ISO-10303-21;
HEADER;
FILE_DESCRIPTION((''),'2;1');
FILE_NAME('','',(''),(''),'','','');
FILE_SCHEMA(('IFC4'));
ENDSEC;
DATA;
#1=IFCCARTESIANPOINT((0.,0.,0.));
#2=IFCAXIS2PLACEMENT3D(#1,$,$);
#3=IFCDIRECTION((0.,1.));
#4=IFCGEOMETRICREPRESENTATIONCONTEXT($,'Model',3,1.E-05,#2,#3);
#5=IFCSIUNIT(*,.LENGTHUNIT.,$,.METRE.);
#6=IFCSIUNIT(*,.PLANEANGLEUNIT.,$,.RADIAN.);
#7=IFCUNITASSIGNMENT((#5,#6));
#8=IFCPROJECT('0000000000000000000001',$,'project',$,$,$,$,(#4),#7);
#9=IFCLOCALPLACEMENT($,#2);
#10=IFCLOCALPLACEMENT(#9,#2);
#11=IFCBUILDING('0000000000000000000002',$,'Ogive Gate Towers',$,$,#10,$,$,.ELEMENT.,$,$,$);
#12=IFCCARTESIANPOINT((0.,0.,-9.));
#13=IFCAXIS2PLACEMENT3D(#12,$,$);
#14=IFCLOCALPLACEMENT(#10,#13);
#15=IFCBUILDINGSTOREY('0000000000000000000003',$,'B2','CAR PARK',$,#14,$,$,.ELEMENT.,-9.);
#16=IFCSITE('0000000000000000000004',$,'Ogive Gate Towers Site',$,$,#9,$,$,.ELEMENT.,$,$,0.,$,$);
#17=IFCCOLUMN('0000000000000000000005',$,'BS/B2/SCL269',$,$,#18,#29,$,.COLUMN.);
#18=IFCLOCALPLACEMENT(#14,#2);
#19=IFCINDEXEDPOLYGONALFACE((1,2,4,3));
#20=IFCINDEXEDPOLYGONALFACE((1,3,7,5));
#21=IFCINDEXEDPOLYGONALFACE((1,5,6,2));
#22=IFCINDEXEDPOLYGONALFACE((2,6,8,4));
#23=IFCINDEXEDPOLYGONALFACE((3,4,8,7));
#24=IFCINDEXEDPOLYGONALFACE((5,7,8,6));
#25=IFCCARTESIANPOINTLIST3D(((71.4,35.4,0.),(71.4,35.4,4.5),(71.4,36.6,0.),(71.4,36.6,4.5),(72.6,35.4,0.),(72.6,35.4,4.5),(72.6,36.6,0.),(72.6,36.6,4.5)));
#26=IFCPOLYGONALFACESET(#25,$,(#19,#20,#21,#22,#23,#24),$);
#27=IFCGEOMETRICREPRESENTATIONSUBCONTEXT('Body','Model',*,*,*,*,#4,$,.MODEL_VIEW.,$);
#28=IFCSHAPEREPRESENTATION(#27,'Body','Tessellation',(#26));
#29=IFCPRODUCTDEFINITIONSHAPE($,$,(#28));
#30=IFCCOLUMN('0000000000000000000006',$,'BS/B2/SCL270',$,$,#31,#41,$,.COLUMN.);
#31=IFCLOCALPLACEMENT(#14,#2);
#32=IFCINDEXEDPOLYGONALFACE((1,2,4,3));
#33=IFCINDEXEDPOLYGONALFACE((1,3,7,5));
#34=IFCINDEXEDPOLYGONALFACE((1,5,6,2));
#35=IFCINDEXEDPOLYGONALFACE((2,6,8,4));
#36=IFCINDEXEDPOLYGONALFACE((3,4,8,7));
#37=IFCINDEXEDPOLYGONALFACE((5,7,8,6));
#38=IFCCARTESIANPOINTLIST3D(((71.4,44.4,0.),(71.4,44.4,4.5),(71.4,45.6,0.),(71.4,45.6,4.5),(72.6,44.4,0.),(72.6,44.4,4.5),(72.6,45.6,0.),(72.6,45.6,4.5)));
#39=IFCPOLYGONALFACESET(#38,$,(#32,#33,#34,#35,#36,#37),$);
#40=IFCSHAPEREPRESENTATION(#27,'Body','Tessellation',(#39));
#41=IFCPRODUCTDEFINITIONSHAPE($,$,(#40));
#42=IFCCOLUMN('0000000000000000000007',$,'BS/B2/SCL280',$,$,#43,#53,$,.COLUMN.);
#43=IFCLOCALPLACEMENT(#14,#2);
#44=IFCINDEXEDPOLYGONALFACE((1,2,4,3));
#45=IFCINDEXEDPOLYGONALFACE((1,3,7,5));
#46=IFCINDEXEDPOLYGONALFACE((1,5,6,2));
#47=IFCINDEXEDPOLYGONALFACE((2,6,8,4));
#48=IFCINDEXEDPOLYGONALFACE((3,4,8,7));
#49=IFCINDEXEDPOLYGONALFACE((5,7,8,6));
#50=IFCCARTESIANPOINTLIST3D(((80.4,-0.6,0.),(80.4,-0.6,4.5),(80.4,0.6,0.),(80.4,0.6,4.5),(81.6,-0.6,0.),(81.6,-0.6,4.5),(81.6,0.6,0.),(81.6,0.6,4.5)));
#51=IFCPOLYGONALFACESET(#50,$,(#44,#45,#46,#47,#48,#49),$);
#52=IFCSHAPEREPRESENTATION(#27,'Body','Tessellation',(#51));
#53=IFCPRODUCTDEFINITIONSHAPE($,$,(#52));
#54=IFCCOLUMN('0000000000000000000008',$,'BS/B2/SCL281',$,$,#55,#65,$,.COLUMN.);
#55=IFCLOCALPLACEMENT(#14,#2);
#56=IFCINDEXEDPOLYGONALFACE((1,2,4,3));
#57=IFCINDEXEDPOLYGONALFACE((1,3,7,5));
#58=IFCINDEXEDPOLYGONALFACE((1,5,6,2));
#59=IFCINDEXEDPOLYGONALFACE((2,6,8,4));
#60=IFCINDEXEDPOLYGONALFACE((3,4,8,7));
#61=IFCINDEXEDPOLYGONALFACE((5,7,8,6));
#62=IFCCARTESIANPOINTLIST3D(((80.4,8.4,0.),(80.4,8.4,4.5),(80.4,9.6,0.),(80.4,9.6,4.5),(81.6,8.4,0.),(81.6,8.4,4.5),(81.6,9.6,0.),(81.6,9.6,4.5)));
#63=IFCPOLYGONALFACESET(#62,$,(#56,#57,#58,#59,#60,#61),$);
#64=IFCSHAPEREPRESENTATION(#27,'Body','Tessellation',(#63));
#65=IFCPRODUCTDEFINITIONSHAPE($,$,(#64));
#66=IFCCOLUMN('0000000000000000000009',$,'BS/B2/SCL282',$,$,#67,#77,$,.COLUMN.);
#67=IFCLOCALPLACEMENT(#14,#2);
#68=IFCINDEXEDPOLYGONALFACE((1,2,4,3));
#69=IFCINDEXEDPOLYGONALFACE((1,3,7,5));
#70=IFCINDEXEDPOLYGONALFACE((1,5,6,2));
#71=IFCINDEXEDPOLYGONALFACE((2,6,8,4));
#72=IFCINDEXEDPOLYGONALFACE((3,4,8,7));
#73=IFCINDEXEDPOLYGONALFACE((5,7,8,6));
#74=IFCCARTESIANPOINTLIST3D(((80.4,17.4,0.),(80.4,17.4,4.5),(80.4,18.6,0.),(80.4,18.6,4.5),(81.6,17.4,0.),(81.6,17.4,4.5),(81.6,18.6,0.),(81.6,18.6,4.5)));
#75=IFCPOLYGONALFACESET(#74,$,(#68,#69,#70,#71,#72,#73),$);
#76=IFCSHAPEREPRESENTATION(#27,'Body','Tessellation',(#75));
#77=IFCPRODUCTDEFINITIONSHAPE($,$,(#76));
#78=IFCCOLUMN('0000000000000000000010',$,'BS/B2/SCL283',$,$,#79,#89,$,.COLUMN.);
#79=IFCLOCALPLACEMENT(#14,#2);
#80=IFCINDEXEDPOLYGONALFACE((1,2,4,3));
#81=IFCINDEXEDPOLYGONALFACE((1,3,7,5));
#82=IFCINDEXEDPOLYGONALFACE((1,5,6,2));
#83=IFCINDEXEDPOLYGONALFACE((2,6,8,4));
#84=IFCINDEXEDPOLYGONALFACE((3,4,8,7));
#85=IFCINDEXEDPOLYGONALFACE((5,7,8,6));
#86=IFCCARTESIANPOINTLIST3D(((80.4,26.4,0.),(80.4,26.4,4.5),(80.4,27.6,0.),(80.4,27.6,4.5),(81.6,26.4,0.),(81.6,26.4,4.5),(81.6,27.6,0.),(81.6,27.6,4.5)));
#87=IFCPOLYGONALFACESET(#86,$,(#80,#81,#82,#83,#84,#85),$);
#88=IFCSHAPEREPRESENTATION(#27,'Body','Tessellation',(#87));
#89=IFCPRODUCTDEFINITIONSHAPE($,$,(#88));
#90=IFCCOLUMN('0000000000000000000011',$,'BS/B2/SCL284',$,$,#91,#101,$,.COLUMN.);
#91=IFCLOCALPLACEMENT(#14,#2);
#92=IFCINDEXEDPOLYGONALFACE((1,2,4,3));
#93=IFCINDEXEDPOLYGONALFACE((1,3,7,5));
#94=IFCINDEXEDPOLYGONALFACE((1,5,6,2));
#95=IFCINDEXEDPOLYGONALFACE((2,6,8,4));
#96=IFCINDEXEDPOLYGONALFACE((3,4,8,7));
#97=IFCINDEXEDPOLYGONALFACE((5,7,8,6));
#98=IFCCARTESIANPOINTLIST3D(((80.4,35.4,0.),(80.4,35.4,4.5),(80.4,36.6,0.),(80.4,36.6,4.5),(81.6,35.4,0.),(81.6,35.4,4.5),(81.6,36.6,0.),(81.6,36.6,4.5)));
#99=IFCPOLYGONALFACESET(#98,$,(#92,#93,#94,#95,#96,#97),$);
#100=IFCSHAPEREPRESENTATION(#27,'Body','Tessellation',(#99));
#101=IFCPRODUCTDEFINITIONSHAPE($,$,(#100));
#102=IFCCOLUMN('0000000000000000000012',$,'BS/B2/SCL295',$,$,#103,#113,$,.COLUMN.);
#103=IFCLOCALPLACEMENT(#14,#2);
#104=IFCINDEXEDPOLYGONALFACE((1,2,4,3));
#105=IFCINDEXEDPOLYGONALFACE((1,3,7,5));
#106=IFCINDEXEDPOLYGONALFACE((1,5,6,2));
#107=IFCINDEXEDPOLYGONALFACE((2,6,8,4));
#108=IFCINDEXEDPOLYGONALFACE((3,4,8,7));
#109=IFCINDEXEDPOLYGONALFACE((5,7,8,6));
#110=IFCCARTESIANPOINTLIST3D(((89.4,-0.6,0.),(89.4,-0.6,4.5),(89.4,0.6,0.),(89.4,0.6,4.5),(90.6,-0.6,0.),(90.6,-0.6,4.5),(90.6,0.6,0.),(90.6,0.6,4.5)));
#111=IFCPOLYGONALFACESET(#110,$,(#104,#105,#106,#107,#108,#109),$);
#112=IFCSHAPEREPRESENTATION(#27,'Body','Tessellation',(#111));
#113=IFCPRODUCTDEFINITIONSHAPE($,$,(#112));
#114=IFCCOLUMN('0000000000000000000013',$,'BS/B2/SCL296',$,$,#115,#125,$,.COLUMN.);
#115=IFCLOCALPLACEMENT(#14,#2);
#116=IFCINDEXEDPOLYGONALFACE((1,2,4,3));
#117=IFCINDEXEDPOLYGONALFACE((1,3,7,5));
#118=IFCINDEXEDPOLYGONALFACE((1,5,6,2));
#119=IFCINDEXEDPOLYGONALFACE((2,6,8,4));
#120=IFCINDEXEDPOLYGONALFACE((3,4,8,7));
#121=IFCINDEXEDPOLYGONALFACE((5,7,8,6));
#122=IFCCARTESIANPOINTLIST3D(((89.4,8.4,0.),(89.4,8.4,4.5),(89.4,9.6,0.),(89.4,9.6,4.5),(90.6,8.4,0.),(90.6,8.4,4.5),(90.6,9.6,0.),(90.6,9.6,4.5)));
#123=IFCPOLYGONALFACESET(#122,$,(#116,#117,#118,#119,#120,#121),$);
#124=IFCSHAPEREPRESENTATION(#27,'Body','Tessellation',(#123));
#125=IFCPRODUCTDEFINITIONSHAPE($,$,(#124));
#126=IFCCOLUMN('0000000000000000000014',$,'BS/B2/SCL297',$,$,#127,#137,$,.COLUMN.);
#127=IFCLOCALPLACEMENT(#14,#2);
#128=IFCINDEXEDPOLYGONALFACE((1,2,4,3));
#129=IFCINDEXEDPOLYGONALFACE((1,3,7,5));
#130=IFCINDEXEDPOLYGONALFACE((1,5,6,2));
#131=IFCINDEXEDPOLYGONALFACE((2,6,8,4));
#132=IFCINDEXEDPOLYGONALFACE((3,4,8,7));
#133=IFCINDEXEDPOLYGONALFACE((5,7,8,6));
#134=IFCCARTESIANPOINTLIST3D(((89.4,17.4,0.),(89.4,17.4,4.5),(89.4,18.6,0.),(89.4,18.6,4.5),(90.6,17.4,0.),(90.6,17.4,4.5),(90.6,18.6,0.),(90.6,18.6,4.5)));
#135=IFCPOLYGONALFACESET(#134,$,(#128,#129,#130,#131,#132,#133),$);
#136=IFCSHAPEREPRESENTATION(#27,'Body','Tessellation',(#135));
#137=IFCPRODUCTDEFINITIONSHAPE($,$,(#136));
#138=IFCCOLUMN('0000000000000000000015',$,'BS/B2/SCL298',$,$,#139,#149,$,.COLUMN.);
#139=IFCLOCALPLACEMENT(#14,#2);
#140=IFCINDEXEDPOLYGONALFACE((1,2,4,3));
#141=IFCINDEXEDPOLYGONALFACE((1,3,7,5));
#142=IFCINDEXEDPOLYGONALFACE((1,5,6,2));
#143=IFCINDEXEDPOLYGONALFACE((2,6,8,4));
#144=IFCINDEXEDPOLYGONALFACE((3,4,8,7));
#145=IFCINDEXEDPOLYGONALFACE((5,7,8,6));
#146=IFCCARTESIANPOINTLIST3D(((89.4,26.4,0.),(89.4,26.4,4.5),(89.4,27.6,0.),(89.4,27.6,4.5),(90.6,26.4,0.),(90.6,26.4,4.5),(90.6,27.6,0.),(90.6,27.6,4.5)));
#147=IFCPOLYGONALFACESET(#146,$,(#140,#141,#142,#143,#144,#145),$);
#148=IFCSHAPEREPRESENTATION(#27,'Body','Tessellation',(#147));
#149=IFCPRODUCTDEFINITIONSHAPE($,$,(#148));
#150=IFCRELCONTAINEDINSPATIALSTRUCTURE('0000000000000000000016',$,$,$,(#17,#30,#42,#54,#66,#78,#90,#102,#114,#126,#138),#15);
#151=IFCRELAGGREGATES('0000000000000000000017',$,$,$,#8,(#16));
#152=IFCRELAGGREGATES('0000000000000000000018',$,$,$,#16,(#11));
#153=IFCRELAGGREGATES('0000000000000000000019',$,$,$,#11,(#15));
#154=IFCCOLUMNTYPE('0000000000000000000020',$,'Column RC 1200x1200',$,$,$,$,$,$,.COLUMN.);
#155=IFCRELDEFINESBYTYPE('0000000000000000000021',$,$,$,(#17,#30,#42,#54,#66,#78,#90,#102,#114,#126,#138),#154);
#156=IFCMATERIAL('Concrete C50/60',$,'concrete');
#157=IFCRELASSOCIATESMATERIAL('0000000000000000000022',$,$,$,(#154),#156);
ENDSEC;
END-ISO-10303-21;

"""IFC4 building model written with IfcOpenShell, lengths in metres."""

from ifc_helpers import new_model, si_unit, direction, frame, origin, origin_2d, place, context, subcontext, project, spatial, rectangle, extrude, material, material_profile, profile_set, type_object, element, save


model = new_model("IFC4")

# Units and contexts
model_context = context("Model", 3, precision=1e-05, world=origin(), true_north=direction((0.0, 1.0)))
body_context = subcontext(model_context, "Body", "Model", "MODEL_VIEW")
ifc_project = project(units=[si_unit("LENGTHUNIT", "METRE"), si_unit("PLANEANGLEUNIT", "RADIAN")], contexts=[model_context])

# Site, building, storey
site_placement = place(None, origin())
site = spatial("IfcSite", under=ifc_project, at=site_placement, Name="Ogive Gate Towers Site", CompositionType="ELEMENT", RefElevation=0.0)
building_placement = place(site_placement, origin())
building = spatial("IfcBuilding", under=site, at=building_placement, Name="Ogive Gate Towers", CompositionType="ELEMENT")
storey_placement = place(building_placement, frame((0.0, 0.0, -9.0)))
storey = spatial("IfcBuildingStorey", under=building, at=storey_placement, Name="B2", Description="CAR PARK", CompositionType="ELEMENT", Elevation=-9.0)

# Columns
ifc_material_1 = material(Name="Concrete C50/60", Category="concrete")
ifc_material_profile_1 = material_profile(ifc_material_1, rectangle(XDim=1.2, YDim=1.2, at=origin_2d()), Name="RC 1200x1200")
ifc_profile_set_1 = profile_set([ifc_material_profile_1], Name="Concrete C50/60")
column_type = type_object("IfcColumnType", Name="Column RC 1200x1200", PredefinedType="COLUMN", material=ifc_profile_set_1)
for number, where, z_axis, x_axis, name in (
    (1, (72.0, 36.0, 0.0), (0.0, 0.0, 1.0), (1.0, 0.0, 0.0), "BS/B2/SCL269"),
    (2, (72.0, 45.0, 0.0), (0.0, 0.0, 1.0), (1.0, 0.0, 0.0), "BS/B2/SCL270"),
    (3, (81.0, 0.0, 0.0), (0.0, 0.0, 1.0), (1.0, 0.0, 0.0), "BS/B2/SCL280"),
    (4, (81.0, 9.0, 0.0), (0.0, 0.0, 1.0), (1.0, 0.0, 0.0), "BS/B2/SCL281"),
    (5, (81.0, 18.0, 0.0), (0.0, 0.0, 1.0), (1.0, 0.0, 0.0), "BS/B2/SCL282"),
    (6, (81.0, 27.0, 0.0), (0.0, 0.0, 1.0), (1.0, 0.0, 0.0), "BS/B2/SCL283"),
    (7, (81.0, 36.0, 0.0), (0.0, 0.0, 1.0), (1.0, 0.0, 0.0), "BS/B2/SCL284"),
    (8, (90.0, 0.0, 0.0), (0.0, 0.0, 1.0), (1.0, 0.0, 0.0), "BS/B2/SCL295"),
    (9, (90.0, 9.0, 0.0), (0.0, 0.0, 1.0), (1.0, 0.0, 0.0), "BS/B2/SCL296"),
    (10, (90.0, 18.0, 0.0), (0.0, 0.0, 1.0), (1.0, 0.0, 0.0), "BS/B2/SCL297"),
    (11, (90.0, 27.0, 0.0), (0.0, 0.0, 1.0), (1.0, 0.0, 0.0), "BS/B2/SCL298"),
):
    element("IfcColumn", number, at=place(storey_placement, frame(where, z_axis=z_axis, x_axis=x_axis)), inside=storey, type_object=column_type, Name=name, PredefinedType="COLUMN", context=body_context, shape_type="SweptSolid", body=[
        extrude(rectangle(XDim=1.2, YDim=1.2, at=origin_2d()), origin(), (0.0, 0.0, 1.0), 4.5),
    ])

save(model, "model.ifc")
